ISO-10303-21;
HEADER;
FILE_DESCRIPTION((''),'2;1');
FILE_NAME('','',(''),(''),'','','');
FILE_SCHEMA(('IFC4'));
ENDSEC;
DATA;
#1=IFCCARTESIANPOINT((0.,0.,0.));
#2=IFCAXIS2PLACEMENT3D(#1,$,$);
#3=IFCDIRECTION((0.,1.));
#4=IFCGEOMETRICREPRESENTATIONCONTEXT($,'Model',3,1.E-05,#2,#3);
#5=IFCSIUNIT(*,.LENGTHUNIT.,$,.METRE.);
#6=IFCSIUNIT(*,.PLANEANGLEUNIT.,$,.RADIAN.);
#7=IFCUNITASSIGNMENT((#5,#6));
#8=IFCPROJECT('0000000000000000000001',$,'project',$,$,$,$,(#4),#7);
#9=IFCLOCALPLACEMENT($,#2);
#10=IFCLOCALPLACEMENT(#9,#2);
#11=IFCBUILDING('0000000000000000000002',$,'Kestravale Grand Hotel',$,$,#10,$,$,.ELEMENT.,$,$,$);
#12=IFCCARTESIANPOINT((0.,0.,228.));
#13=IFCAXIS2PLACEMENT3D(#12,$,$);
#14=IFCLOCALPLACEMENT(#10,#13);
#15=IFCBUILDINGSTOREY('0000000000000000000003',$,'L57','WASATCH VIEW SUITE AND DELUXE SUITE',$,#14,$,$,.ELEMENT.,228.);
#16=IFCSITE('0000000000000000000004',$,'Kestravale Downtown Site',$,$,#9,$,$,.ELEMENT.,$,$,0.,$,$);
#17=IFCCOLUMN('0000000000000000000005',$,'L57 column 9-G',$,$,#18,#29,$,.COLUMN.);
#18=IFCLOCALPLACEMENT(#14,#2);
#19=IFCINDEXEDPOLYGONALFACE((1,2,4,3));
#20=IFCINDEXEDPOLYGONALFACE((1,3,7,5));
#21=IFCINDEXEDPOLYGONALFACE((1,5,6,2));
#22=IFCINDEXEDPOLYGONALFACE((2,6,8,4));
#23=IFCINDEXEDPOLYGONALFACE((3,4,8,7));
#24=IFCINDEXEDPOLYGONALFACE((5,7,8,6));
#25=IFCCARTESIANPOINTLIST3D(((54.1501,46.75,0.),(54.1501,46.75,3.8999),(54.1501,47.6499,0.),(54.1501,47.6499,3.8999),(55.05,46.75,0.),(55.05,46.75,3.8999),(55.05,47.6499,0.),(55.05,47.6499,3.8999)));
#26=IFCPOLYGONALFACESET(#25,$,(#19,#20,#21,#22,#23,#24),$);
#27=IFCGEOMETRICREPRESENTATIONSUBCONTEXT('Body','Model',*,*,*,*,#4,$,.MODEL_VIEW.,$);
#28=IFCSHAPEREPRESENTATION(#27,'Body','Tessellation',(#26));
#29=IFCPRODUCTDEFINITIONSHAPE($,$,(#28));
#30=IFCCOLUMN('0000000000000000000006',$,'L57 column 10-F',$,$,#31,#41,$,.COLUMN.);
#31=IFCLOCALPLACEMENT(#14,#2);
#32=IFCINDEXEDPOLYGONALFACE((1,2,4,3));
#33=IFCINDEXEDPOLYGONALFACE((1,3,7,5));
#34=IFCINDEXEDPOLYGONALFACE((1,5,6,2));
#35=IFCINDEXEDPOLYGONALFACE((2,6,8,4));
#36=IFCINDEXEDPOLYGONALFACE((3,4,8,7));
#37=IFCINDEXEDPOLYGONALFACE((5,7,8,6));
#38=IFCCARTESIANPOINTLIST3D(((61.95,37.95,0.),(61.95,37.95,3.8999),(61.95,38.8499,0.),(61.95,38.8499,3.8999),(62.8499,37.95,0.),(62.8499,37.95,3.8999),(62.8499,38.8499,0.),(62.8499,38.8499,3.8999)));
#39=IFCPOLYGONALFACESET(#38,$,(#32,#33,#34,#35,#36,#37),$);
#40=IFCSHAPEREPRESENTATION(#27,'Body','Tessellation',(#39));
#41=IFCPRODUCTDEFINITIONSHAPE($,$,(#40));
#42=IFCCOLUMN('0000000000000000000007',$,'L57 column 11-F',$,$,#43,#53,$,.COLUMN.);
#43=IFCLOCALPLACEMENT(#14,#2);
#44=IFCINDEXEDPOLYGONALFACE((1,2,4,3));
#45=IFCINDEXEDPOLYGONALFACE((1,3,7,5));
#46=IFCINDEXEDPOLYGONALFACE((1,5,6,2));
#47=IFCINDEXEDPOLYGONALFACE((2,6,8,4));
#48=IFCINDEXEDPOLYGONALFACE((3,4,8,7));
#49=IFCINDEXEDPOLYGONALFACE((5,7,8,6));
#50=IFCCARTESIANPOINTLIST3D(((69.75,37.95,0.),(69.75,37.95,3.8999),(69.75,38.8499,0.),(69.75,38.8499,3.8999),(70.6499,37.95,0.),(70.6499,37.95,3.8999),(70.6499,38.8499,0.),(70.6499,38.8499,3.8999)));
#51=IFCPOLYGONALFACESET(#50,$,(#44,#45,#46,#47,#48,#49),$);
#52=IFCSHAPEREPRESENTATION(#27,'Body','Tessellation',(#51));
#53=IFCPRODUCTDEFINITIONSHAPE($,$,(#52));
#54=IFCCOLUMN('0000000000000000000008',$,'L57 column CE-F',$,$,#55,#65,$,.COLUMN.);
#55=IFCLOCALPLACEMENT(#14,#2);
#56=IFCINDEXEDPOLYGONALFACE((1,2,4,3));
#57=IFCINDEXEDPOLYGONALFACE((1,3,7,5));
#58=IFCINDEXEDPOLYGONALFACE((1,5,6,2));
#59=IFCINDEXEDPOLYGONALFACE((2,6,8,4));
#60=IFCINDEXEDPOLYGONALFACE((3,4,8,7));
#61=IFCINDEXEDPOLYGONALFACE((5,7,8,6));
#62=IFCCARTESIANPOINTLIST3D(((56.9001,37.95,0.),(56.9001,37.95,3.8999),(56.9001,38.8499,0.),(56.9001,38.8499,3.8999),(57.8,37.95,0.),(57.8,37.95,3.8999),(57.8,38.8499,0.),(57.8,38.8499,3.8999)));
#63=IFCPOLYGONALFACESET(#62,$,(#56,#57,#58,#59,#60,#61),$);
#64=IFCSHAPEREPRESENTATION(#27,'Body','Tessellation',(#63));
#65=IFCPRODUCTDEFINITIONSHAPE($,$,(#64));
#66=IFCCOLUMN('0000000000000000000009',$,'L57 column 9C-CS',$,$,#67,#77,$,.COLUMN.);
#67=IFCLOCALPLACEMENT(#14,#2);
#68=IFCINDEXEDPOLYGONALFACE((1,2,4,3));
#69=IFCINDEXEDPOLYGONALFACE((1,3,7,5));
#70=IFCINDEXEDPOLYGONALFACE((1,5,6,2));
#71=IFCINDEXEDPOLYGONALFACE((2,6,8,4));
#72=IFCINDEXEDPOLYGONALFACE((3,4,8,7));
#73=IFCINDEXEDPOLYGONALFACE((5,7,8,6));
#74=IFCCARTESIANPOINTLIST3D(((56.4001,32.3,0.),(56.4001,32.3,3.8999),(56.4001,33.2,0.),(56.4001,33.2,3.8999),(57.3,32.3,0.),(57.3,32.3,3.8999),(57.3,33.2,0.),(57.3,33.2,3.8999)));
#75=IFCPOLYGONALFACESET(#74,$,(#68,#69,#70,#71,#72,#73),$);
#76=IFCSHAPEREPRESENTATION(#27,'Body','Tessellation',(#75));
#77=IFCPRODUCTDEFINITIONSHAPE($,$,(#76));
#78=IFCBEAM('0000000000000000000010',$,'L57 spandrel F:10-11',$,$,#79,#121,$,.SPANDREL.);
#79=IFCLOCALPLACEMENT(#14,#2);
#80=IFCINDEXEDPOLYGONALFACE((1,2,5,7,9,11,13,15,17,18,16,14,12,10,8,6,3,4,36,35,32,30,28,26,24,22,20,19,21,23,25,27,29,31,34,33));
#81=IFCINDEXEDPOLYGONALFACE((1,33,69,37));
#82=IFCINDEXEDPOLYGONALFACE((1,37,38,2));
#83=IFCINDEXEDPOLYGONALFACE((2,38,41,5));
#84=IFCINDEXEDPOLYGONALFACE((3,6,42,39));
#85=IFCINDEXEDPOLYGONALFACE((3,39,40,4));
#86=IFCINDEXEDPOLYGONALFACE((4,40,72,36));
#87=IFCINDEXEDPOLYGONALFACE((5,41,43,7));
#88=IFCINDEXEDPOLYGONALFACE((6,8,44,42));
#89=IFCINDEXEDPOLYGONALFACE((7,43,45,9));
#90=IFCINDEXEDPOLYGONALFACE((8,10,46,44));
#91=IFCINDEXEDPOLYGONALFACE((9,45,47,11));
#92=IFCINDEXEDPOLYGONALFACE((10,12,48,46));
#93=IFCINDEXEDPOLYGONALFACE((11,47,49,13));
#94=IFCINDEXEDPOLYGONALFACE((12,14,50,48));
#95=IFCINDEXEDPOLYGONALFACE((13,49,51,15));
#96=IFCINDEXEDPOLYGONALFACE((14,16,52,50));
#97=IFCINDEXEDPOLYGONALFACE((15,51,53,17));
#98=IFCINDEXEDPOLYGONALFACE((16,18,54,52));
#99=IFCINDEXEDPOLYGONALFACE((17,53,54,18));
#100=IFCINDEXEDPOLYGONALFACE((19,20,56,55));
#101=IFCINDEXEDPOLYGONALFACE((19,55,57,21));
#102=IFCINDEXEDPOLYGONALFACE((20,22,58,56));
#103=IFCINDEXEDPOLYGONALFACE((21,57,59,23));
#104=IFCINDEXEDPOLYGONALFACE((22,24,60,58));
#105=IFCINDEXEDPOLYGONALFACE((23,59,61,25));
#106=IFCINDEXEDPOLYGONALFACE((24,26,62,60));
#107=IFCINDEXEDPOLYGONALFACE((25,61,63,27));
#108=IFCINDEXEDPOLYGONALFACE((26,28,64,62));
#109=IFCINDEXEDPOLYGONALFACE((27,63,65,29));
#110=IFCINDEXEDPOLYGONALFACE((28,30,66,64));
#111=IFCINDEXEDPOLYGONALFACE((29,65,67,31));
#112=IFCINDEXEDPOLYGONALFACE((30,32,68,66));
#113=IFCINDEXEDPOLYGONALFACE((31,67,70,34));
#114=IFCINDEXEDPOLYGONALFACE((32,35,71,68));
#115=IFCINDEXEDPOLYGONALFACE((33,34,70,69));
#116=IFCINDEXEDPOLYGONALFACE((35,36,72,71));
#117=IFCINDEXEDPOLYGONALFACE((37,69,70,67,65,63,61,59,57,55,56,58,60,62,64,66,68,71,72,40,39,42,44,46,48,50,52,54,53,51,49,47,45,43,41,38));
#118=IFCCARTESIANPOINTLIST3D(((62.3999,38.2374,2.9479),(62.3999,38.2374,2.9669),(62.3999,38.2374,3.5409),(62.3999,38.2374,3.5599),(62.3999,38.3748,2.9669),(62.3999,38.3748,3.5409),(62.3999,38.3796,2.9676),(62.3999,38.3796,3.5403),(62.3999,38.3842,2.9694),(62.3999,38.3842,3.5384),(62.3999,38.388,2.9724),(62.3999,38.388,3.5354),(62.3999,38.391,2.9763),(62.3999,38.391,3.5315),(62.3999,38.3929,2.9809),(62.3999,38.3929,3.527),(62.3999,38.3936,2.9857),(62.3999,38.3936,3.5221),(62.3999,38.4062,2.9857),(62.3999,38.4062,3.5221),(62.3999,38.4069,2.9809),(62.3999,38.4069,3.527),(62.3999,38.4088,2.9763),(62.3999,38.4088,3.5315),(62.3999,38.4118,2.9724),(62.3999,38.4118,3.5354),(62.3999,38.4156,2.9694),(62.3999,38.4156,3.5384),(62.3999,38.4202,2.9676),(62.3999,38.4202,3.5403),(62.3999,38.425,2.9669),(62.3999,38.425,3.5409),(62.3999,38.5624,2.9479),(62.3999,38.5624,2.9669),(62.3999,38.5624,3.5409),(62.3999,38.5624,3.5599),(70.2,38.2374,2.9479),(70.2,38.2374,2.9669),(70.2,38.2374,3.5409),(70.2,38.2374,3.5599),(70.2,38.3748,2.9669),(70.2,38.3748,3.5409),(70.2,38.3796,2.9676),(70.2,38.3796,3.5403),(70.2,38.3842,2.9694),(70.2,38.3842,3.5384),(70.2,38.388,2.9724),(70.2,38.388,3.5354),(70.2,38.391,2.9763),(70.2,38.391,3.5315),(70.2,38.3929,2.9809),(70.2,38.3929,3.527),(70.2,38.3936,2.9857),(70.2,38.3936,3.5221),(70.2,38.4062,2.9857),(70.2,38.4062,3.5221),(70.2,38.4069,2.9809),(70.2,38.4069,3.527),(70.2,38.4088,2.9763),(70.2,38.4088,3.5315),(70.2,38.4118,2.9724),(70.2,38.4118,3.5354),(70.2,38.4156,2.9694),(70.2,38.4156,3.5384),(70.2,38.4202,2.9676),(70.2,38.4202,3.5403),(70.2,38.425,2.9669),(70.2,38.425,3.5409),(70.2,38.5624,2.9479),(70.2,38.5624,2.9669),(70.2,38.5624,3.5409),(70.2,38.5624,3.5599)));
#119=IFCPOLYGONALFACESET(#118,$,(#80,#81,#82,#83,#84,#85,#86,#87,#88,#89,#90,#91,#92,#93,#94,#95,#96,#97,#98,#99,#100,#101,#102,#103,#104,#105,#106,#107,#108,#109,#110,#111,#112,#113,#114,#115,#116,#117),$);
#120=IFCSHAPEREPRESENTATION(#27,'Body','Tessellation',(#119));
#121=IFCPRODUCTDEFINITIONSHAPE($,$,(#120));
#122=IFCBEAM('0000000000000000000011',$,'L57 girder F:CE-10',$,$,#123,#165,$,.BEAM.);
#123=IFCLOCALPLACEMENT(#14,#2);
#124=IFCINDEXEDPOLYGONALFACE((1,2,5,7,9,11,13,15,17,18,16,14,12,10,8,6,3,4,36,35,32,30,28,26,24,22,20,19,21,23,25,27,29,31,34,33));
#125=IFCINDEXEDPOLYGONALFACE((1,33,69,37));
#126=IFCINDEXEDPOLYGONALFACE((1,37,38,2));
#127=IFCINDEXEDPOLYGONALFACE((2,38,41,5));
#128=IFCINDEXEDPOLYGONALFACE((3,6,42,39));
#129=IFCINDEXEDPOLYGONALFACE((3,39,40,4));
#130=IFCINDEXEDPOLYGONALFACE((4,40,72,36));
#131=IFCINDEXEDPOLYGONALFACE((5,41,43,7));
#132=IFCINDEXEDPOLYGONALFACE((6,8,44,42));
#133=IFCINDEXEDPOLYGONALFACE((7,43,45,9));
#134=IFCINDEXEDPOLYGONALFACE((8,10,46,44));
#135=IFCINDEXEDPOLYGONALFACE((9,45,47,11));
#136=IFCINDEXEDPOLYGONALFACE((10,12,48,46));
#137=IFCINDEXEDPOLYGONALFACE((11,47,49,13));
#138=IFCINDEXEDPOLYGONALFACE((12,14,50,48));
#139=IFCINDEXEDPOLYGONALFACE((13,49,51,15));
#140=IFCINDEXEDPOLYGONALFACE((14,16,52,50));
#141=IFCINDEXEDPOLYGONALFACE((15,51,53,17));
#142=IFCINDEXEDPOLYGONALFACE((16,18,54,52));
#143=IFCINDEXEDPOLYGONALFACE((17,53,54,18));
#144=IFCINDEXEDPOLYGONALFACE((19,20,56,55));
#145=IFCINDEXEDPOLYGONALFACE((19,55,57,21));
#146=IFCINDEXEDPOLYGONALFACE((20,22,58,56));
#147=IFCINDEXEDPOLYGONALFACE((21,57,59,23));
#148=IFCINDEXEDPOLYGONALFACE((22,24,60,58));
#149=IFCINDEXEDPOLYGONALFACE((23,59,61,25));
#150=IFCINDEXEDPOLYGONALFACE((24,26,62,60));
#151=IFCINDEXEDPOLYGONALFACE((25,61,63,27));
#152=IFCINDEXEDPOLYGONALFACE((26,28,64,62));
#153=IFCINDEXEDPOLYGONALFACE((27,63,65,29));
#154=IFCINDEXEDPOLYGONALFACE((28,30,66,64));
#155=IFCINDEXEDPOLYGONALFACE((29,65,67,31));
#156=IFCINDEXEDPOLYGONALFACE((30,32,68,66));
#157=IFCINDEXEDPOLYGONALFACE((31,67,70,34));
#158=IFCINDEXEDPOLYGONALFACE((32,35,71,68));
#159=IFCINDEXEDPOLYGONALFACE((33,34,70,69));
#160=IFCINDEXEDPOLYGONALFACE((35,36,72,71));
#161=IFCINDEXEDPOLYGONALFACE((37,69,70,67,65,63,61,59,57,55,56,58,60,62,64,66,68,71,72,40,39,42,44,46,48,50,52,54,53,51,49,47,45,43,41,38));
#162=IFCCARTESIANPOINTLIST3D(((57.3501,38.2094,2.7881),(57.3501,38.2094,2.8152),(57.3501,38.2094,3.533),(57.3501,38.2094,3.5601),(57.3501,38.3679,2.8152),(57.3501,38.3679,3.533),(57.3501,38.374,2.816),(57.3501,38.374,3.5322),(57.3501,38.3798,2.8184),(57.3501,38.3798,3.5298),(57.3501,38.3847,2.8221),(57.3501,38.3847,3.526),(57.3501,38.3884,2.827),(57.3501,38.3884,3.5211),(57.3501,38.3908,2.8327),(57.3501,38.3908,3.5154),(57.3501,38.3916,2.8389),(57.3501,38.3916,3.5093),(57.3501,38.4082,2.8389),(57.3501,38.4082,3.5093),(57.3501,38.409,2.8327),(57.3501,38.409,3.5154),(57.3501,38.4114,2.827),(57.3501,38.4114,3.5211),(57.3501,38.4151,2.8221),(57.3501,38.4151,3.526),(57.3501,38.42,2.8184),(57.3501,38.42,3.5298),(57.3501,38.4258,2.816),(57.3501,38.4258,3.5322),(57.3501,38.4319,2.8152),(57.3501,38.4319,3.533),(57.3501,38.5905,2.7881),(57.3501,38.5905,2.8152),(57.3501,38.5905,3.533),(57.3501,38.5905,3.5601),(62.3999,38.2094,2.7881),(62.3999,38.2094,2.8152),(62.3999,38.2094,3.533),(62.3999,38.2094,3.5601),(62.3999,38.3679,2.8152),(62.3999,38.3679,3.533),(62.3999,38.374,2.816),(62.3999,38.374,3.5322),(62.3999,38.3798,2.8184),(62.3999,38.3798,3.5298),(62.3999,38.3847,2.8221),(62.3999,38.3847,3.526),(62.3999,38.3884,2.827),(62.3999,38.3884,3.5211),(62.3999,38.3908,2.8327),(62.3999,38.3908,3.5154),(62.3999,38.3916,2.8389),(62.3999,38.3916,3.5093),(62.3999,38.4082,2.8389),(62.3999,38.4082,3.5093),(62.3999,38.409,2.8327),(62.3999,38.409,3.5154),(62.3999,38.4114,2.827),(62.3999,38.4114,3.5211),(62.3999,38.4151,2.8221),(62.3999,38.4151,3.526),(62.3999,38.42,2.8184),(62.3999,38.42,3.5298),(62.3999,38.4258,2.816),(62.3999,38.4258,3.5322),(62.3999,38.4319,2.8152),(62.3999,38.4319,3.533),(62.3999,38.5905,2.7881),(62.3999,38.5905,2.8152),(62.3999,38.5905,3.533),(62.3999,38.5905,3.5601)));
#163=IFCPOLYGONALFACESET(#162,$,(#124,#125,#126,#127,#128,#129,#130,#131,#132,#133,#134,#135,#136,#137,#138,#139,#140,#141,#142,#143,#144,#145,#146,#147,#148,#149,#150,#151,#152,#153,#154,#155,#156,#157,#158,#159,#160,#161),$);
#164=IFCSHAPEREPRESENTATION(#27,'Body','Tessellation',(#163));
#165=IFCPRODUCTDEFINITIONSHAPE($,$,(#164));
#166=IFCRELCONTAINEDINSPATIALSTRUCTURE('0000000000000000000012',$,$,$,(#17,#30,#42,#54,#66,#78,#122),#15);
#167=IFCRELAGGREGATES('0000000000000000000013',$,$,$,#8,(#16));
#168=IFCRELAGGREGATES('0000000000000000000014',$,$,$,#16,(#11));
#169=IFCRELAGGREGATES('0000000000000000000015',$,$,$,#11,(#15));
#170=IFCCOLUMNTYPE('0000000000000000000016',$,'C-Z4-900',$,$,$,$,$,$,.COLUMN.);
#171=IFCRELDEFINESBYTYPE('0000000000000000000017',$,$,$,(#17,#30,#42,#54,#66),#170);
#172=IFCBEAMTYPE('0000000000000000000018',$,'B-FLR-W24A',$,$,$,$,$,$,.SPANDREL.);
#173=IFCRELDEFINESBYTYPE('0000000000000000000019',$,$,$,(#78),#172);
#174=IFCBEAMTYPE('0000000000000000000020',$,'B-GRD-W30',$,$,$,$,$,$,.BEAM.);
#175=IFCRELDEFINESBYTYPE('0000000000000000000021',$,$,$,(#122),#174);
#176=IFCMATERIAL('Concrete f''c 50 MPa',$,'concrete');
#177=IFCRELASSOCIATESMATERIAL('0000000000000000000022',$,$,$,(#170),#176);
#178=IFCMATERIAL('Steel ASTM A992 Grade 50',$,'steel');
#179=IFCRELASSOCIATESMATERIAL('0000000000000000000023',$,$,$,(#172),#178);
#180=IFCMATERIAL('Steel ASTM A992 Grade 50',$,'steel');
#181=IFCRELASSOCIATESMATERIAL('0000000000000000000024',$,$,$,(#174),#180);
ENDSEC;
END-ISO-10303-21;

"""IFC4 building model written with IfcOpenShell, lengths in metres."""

from ifc_helpers import new_model, si_unit, direction, frame, origin, origin_2d, place, context, subcontext, project, spatial, rectangle, i_section, extrude, material, material_profile, profile_set, type_object, element, save


model = new_model("IFC4")

# Units and contexts
model_context = context("Model", 3, precision=1e-05, world=origin(), true_north=direction((0.0, 1.0)))
body_context = subcontext(model_context, "Body", "Model", "MODEL_VIEW")
ifc_project = project(units=[si_unit("LENGTHUNIT", "METRE"), si_unit("PLANEANGLEUNIT", "RADIAN")], contexts=[model_context])

# Site, building, storey
site_placement = place(None, origin())
site = spatial("IfcSite", under=ifc_project, at=site_placement, Name="Kestravale Downtown Site", CompositionType="ELEMENT", RefElevation=0.0)
building_placement = place(site_placement, origin())
building = spatial("IfcBuilding", under=site, at=building_placement, Name="Kestravale Grand Hotel", CompositionType="ELEMENT")
storey_placement = place(building_placement, frame((0.0, 0.0, 228.0)))
storey = spatial("IfcBuildingStorey", under=building, at=storey_placement, Name="L57", Description="WASATCH VIEW SUITE AND DELUXE SUITE", CompositionType="ELEMENT", Elevation=228.0)

# Columns
ifc_material_1 = material(Name="Concrete f'c 50 MPa", Category="concrete")
ifc_material_profile_1 = material_profile(ifc_material_1, rectangle(XDim=0.8999, YDim=0.8999, at=origin_2d()))
ifc_profile_set_1 = profile_set([ifc_material_profile_1], Name="Concrete f'c 50 MPa")
column_type = type_object("IfcColumnType", Name="C-Z4-900", PredefinedType="COLUMN", material=ifc_profile_set_1)
for number, where, z_axis, x_axis, name in (
    (1, (54.6001, 47.2, 0.0), (0.0, 0.0, 1.0), (1.0, 0.0, 0.0), "L57 column 9-G"),
    (2, (62.3999, 38.3999, 0.0), (0.0, 0.0, 1.0), (1.0, 0.0, 0.0), "L57 column 10-F"),
    (3, (70.2, 38.3999, 0.0), (0.0, 0.0, 1.0), (1.0, 0.0, 0.0), "L57 column 11-F"),
    (4, (57.3501, 38.3999, 0.0), (0.0, 0.0, 1.0), (1.0, 0.0, 0.0), "L57 column CE-F"),
    (5, (56.8501, 32.75, 0.0), (0.0, 0.0, 1.0), (1.0, 0.0, 0.0), "L57 column 9C-CS"),
):
    element("IfcColumn", number, at=place(storey_placement, frame(where, z_axis=z_axis, x_axis=x_axis)), inside=storey, type_object=column_type, Name=name, PredefinedType="COLUMN", context=body_context, shape_type="SweptSolid", body=[
        extrude(rectangle(XDim=0.8999, YDim=0.8999, at=origin_2d()), origin(), (0.0, 0.0, 1.0), 3.8999),
    ])

# Beams
ifc_material_2 = material(Name="Steel ASTM A992 Grade 50", Category="steel")
ifc_material_profile_2 = material_profile(ifc_material_2, i_section(OverallWidth=0.325, OverallDepth=0.6121, WebThickness=0.0127, FlangeThickness=0.019, FilletRadius=0.0188, at=origin_2d()))
ifc_profile_set_2 = profile_set([ifc_material_profile_2], Name="Steel ASTM A992 Grade 50")
beam_type_1 = type_object("IfcBeamType", Name="B-FLR-W24A", PredefinedType="SPANDREL", material=ifc_profile_set_2)
beam_1_placement = place(storey_placement, frame((62.3999, 38.3999, 3.2539), z_axis=(1.0, 0.0, 0.0), x_axis=(0.0, 1.0, 0.0)))
element("IfcBeam", 6, at=beam_1_placement, inside=storey, type_object=beam_type_1, Name="L57 spandrel F:10-11", PredefinedType="SPANDREL", context=body_context, shape_type="SweptSolid", body=[
    extrude(i_section(OverallWidth=0.325, OverallDepth=0.6121, WebThickness=0.0127, FlangeThickness=0.019, FilletRadius=0.0188, at=origin_2d()), origin(), (0.0, 0.0, 1.0), 7.8),
])
ifc_material_3 = material(Name="Steel ASTM A992 Grade 50", Category="steel")
ifc_material_profile_3 = material_profile(ifc_material_3, i_section(OverallWidth=0.3811, OverallDepth=0.772, WebThickness=0.0166, FlangeThickness=0.0271, FilletRadius=0.0237, at=origin_2d()))
ifc_profile_set_3 = profile_set([ifc_material_profile_3], Name="Steel ASTM A992 Grade 50")
beam_type_2 = type_object("IfcBeamType", Name="B-GRD-W30", PredefinedType="BEAM", material=ifc_profile_set_3)
beam_2_placement = place(storey_placement, frame((57.3501, 38.3999, 3.1741), z_axis=(1.0, 0.0, 0.0), x_axis=(0.0, 1.0, 0.0)))
element("IfcBeam", 7, at=beam_2_placement, inside=storey, type_object=beam_type_2, Name="L57 girder F:CE-10", PredefinedType="BEAM", context=body_context, shape_type="SweptSolid", body=[
    extrude(i_section(OverallWidth=0.3811, OverallDepth=0.772, WebThickness=0.0166, FlangeThickness=0.0271, FilletRadius=0.0237, at=origin_2d()), origin(), (0.0, 0.0, 1.0), 5.0498),
])

save(model, "model.ifc")
